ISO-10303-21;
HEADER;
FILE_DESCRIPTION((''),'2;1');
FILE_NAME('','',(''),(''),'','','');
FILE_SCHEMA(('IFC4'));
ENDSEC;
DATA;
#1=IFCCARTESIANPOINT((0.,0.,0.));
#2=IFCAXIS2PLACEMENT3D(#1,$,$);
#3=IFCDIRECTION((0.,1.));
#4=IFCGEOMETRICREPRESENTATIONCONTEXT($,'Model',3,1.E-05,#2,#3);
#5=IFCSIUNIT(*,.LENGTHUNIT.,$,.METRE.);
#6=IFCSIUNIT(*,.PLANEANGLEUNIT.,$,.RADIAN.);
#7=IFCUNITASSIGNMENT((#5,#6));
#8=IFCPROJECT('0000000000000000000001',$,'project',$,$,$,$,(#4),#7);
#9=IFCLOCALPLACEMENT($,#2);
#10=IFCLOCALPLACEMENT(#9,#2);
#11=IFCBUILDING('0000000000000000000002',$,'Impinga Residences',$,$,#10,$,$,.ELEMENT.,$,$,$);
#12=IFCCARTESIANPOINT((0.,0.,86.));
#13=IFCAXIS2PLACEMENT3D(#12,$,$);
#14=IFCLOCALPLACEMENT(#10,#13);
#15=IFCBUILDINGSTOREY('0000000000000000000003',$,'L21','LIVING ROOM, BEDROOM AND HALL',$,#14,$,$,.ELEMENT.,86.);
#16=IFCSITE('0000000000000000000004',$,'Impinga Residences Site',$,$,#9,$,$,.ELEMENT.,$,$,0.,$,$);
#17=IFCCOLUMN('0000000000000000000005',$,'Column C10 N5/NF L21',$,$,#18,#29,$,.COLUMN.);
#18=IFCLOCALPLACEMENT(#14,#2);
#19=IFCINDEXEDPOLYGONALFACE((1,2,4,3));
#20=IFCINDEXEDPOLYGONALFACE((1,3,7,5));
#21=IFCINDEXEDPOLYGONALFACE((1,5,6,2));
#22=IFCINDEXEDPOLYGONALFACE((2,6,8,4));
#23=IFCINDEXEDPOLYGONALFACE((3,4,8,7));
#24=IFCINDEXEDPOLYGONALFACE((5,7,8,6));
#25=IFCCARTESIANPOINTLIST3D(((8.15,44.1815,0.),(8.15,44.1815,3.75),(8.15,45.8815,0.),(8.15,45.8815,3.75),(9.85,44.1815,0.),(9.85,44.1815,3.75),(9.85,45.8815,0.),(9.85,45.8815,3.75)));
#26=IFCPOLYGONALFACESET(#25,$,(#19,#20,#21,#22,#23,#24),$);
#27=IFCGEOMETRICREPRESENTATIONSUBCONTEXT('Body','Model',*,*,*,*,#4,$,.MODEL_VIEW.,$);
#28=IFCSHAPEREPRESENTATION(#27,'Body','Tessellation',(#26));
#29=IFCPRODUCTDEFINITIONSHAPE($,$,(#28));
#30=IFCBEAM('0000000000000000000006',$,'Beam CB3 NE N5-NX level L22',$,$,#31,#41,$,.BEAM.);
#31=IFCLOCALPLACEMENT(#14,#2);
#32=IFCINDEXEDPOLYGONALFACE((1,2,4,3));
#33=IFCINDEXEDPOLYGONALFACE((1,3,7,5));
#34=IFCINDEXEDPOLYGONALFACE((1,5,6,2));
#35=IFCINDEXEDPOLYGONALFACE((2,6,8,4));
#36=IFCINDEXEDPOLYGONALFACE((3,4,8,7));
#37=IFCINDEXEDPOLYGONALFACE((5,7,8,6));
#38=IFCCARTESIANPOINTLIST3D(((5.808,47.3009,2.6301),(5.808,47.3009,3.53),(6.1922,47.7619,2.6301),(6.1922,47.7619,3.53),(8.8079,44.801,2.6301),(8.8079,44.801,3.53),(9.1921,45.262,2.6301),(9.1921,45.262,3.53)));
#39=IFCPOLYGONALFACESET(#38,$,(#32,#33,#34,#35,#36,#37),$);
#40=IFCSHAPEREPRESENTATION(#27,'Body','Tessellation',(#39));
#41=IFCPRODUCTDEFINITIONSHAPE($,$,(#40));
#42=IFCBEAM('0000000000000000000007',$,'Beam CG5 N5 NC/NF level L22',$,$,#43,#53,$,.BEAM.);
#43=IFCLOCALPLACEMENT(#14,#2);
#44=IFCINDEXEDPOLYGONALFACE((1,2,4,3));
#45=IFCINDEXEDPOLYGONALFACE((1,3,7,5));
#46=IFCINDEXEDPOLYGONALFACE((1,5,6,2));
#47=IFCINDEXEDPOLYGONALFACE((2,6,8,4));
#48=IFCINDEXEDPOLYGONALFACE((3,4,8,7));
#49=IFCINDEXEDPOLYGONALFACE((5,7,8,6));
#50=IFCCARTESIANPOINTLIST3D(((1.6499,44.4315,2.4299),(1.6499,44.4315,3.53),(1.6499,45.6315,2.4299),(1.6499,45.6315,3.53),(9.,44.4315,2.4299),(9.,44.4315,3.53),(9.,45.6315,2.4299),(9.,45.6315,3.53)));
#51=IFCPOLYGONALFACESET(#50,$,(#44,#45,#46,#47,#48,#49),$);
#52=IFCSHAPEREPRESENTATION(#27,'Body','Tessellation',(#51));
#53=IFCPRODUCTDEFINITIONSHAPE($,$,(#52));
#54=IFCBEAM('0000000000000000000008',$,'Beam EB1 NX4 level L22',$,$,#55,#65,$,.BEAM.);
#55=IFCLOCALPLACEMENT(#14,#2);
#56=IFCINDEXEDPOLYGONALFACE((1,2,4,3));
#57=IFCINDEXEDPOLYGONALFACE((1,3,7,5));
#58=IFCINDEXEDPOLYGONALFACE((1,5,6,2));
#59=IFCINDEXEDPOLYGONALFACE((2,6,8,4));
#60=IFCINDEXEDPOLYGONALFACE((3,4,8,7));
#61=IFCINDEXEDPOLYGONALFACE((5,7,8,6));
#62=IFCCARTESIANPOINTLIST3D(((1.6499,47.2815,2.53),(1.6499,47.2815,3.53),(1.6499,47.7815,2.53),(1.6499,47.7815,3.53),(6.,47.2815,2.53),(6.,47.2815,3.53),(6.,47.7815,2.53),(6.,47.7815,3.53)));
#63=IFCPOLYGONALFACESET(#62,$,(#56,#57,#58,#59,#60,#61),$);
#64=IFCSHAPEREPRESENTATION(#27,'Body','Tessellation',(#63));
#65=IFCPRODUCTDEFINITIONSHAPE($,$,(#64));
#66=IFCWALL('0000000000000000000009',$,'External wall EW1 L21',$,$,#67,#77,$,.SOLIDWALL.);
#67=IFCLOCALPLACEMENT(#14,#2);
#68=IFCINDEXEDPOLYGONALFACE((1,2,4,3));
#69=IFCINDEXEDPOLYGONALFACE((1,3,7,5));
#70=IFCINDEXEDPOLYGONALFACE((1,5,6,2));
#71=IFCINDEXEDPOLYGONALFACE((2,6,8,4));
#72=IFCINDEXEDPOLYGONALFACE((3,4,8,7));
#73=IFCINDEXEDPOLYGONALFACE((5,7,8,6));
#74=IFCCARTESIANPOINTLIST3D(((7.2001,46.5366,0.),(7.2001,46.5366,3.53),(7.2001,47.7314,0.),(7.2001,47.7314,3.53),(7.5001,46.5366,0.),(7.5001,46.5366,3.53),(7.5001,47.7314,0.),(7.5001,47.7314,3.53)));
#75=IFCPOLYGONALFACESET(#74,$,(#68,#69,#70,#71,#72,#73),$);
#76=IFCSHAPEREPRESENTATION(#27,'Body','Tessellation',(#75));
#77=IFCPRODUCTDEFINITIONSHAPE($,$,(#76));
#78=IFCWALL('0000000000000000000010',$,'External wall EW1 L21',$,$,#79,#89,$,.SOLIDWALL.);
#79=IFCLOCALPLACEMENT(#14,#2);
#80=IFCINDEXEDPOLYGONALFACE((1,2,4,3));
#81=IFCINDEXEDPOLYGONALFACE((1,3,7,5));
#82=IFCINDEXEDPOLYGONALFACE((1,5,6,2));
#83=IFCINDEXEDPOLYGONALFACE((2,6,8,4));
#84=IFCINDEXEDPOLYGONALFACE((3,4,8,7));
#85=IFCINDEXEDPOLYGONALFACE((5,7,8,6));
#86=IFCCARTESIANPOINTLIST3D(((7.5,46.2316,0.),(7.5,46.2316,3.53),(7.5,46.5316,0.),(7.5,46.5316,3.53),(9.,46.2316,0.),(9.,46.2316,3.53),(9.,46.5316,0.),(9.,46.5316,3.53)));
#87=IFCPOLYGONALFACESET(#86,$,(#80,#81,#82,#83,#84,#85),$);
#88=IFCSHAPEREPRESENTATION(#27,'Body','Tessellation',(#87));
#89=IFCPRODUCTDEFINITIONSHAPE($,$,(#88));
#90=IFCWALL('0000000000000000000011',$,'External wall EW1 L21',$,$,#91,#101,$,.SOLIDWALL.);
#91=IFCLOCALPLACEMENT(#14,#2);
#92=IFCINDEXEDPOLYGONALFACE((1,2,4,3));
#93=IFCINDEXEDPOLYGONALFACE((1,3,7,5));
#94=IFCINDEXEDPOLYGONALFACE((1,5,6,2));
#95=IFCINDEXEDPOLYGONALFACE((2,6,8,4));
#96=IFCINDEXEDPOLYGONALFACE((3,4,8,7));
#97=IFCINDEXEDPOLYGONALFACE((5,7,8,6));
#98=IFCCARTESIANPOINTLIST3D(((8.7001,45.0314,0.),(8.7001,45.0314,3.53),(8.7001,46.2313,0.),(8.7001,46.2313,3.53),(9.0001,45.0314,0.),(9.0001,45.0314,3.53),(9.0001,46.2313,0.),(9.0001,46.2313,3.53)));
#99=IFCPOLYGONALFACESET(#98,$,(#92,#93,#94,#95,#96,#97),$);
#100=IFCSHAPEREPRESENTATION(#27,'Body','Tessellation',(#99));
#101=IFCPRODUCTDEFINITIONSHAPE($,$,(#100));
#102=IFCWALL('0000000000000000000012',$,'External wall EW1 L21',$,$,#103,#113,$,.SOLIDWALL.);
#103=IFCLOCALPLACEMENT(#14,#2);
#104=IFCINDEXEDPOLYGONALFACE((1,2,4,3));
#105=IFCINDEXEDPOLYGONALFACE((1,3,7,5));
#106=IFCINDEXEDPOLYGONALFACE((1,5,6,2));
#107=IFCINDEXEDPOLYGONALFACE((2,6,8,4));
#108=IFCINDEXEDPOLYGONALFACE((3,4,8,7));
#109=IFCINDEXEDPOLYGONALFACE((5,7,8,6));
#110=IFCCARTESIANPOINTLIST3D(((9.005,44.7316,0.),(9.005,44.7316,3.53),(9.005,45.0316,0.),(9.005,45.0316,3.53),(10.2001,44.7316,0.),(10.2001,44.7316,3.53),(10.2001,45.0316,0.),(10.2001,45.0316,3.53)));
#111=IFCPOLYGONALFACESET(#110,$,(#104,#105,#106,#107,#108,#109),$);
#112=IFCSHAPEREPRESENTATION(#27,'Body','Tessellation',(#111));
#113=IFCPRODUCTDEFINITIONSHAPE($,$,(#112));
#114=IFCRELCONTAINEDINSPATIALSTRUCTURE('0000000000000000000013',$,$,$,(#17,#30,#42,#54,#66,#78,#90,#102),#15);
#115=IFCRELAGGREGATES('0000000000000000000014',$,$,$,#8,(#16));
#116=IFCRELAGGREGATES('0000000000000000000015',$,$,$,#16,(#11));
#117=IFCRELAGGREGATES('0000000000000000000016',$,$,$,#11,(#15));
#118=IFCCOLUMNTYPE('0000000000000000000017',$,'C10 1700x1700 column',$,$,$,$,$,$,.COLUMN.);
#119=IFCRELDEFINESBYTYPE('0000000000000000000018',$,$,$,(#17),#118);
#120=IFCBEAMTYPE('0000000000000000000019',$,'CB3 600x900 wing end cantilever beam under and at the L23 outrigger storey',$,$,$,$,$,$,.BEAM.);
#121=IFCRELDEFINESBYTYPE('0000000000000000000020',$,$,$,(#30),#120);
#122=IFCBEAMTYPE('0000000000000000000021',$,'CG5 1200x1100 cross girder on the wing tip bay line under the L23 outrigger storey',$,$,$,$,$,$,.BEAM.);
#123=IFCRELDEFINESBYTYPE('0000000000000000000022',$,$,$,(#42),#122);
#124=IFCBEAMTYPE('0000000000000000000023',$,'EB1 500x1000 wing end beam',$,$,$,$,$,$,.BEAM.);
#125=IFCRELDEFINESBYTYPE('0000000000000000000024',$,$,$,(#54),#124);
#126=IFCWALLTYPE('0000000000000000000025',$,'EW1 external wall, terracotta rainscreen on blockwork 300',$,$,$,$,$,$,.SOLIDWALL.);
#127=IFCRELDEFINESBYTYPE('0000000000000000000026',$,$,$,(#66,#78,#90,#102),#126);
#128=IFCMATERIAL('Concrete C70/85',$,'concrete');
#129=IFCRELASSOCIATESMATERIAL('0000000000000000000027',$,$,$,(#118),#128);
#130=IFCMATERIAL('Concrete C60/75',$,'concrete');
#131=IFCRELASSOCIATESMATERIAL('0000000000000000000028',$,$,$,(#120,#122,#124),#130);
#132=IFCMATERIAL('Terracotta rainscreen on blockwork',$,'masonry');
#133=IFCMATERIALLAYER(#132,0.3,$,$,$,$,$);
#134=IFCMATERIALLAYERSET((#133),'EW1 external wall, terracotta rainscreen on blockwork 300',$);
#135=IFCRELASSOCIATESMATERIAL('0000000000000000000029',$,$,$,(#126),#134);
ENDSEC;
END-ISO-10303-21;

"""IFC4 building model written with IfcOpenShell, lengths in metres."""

from ifc_helpers import new_model, si_unit, direction, frame, frame_2d, origin, origin_2d, place, context, subcontext, project, spatial, rectangle, extrude, material, layer, layer_set, material_profile, profile_set, type_object, element, save


model = new_model("IFC4")

# Units and contexts
model_context = context("Model", 3, precision=1e-05, world=origin(), true_north=direction((0.0, 1.0)))
body_context = subcontext(model_context, "Body", "Model", "MODEL_VIEW")
ifc_project = project(units=[si_unit("LENGTHUNIT", "METRE"), si_unit("PLANEANGLEUNIT", "RADIAN")], contexts=[model_context])

# Site, building, storey
site_placement = place(None, origin())
site = spatial("IfcSite", under=ifc_project, at=site_placement, Name="Impinga Residences Site", CompositionType="ELEMENT", RefElevation=0.0)
building_placement = place(site_placement, origin())
building = spatial("IfcBuilding", under=site, at=building_placement, Name="Impinga Residences", CompositionType="ELEMENT")
storey_placement = place(building_placement, frame((0.0, 0.0, 86.0)))
storey = spatial("IfcBuildingStorey", under=building, at=storey_placement, Name="L21", Description="LIVING ROOM, BEDROOM AND HALL", CompositionType="ELEMENT", Elevation=86.0)

# Column
ifc_material_1 = material(Name="Concrete C70/85", Category="concrete")
ifc_material_profile_1 = material_profile(ifc_material_1, rectangle(XDim=1.7, YDim=1.7, at=origin_2d()), Name="RC 1700x1700")
ifc_profile_set_1 = profile_set([ifc_material_profile_1], Name="Concrete C70/85")
column_type = type_object("IfcColumnType", Name="C10 1700x1700 column", PredefinedType="COLUMN", material=ifc_profile_set_1)
column_placement = place(storey_placement, frame((9.0, 45.0315, 0.0), z_axis=(0.0, 0.0, 1.0), x_axis=(1.0, 0.0, 0.0)))
element("IfcColumn", 1, at=column_placement, inside=storey, type_object=column_type, Name="Column C10 N5/NF L21", PredefinedType="COLUMN", context=body_context, shape_type="SweptSolid", body=[
    extrude(rectangle(XDim=1.7, YDim=1.7, at=origin_2d()), origin(), (0.0, 0.0, 1.0), 3.75),
])

# Beams
ifc_material_2 = material(Name="Concrete C60/75", Category="concrete")
ifc_material_profile_2 = material_profile(ifc_material_2, rectangle(XDim=0.6001, YDim=0.8999, at=origin_2d()), Name="RC 600x900")
ifc_profile_set_2 = profile_set([ifc_material_profile_2], Name="Concrete C60/75")
beam_type_1 = type_object("IfcBeamType", Name="CB3 600x900 wing end cantilever beam under and at the L23 outrigger storey", PredefinedType="BEAM", material=ifc_profile_set_2)
beam_1_placement = place(storey_placement, frame((9.0, 45.0315, 3.0801), z_axis=(-0.768221, 0.640184, 0.0), x_axis=(-0.640184, -0.768221, 0.0)))
element("IfcBeam", 2, at=beam_1_placement, inside=storey, type_object=beam_type_1, Name="Beam CB3 NE N5-NX level L22", PredefinedType="BEAM", context=body_context, shape_type="SweptSolid", body=[
    extrude(rectangle(XDim=0.6001, YDim=0.8999, at=origin_2d()), origin(), (0.0, 0.0, 1.0), 3.905),
])
ifc_material_profile_3 = material_profile(ifc_material_2, rectangle(XDim=1.2, YDim=1.1001, at=origin_2d()), Name="RC 1200x1100")
ifc_profile_set_3 = profile_set([ifc_material_profile_3], Name="Concrete C60/75")
beam_type_2 = type_object("IfcBeamType", Name="CG5 1200x1100 cross girder on the wing tip bay line under the L23 outrigger storey", PredefinedType="BEAM", material=ifc_profile_set_3)
beam_2_placement = place(storey_placement, frame((1.6499, 45.0315, 2.98), z_axis=(1.0, 0.0, 0.0), x_axis=(0.0, 1.0, 0.0)))
element("IfcBeam", 3, at=beam_2_placement, inside=storey, type_object=beam_type_2, Name="Beam CG5 N5 NC/NF level L22", PredefinedType="BEAM", context=body_context, shape_type="SweptSolid", body=[
    extrude(rectangle(XDim=1.2, YDim=1.1001, at=origin_2d()), origin(), (0.0, 0.0, 1.0), 7.3501),
])
ifc_material_profile_4 = material_profile(ifc_material_2, rectangle(XDim=0.5, YDim=1.0, at=origin_2d()), Name="RC 500x1000")
ifc_profile_set_4 = profile_set([ifc_material_profile_4], Name="Concrete C60/75")
beam_type_3 = type_object("IfcBeamType", Name="EB1 500x1000 wing end beam", PredefinedType="BEAM", material=ifc_profile_set_4)
beam_3_placement = place(storey_placement, frame((1.6499, 47.5315, 3.03), z_axis=(1.0, 0.0, 0.0), x_axis=(0.0, 1.0, 0.0)))
element("IfcBeam", 4, at=beam_3_placement, inside=storey, type_object=beam_type_3, Name="Beam EB1 NX4 level L22", PredefinedType="BEAM", context=body_context, shape_type="SweptSolid", body=[
    extrude(rectangle(XDim=0.5, YDim=1.0, at=origin_2d()), origin(), (0.0, 0.0, 1.0), 4.3501),
])

# Walls
ifc_material_3 = material(Name="Terracotta rainscreen on blockwork", Category="masonry")
ifc_layer_1 = layer(ifc_material_3, 0.3)
ifc_layer_set_1 = layer_set([ifc_layer_1], Name="EW1 external wall, terracotta rainscreen on blockwork 300")
wall_type_1 = type_object("IfcWallType", Name="EW1 external wall, terracotta rainscreen on blockwork 300", PredefinedType="SOLIDWALL", material=ifc_layer_set_1)
wall_1_placement = place(storey_placement, frame((7.3501, 47.7314, 0.0), z_axis=(0.0, 0.0, 1.0), x_axis=(0.0, -1.0, 0.0)))
element("IfcWall", 5, at=wall_1_placement, inside=storey, type_object=wall_type_1, Name="External wall EW1 L21", PredefinedType="SOLIDWALL", context=body_context, shape_type="SweptSolid", body=[
    extrude(rectangle(XDim=1.1948, YDim=0.3, at=frame_2d((0.5974, 0.0))), origin(), (0.0, 0.0, 1.0), 3.53),
])
wall_2_placement = place(storey_placement, frame((7.5, 46.3816, 0.0), z_axis=(0.0, 0.0, 1.0), x_axis=(1.0, 0.0, 0.0)))
element("IfcWall", 6, at=wall_2_placement, inside=storey, type_object=wall_type_1, Name="External wall EW1 L21", PredefinedType="SOLIDWALL", context=body_context, shape_type="SweptSolid", body=[
    extrude(rectangle(XDim=1.5, YDim=0.3, at=frame_2d((0.75, 0.0))), origin(), (0.0, 0.0, 1.0), 3.53),
])
wall_3_placement = place(storey_placement, frame((8.8501, 46.2314, 0.0), z_axis=(0.0, 0.0, 1.0), x_axis=(0.0, -1.0, 0.0)))
element("IfcWall", 7, at=wall_3_placement, inside=storey, type_object=wall_type_1, Name="External wall EW1 L21", PredefinedType="SOLIDWALL", context=body_context, shape_type="SweptSolid", body=[
    extrude(rectangle(XDim=1.2, YDim=0.3, at=frame_2d((0.6001, 0.0))), origin(), (0.0, 0.0, 1.0), 3.53),
])
wall_4_placement = place(storey_placement, frame((9.0049, 44.8816, 0.0), z_axis=(0.0, 0.0, 1.0), x_axis=(1.0, 0.0, 0.0)))
element("IfcWall", 8, at=wall_4_placement, inside=storey, type_object=wall_type_1, Name="External wall EW1 L21", PredefinedType="SOLIDWALL", context=body_context, shape_type="SweptSolid", body=[
    extrude(rectangle(XDim=1.1951, YDim=0.3, at=frame_2d((0.5977, 0.0))), origin(), (0.0, 0.0, 1.0), 3.53),
])

save(model, "model.ifc")
